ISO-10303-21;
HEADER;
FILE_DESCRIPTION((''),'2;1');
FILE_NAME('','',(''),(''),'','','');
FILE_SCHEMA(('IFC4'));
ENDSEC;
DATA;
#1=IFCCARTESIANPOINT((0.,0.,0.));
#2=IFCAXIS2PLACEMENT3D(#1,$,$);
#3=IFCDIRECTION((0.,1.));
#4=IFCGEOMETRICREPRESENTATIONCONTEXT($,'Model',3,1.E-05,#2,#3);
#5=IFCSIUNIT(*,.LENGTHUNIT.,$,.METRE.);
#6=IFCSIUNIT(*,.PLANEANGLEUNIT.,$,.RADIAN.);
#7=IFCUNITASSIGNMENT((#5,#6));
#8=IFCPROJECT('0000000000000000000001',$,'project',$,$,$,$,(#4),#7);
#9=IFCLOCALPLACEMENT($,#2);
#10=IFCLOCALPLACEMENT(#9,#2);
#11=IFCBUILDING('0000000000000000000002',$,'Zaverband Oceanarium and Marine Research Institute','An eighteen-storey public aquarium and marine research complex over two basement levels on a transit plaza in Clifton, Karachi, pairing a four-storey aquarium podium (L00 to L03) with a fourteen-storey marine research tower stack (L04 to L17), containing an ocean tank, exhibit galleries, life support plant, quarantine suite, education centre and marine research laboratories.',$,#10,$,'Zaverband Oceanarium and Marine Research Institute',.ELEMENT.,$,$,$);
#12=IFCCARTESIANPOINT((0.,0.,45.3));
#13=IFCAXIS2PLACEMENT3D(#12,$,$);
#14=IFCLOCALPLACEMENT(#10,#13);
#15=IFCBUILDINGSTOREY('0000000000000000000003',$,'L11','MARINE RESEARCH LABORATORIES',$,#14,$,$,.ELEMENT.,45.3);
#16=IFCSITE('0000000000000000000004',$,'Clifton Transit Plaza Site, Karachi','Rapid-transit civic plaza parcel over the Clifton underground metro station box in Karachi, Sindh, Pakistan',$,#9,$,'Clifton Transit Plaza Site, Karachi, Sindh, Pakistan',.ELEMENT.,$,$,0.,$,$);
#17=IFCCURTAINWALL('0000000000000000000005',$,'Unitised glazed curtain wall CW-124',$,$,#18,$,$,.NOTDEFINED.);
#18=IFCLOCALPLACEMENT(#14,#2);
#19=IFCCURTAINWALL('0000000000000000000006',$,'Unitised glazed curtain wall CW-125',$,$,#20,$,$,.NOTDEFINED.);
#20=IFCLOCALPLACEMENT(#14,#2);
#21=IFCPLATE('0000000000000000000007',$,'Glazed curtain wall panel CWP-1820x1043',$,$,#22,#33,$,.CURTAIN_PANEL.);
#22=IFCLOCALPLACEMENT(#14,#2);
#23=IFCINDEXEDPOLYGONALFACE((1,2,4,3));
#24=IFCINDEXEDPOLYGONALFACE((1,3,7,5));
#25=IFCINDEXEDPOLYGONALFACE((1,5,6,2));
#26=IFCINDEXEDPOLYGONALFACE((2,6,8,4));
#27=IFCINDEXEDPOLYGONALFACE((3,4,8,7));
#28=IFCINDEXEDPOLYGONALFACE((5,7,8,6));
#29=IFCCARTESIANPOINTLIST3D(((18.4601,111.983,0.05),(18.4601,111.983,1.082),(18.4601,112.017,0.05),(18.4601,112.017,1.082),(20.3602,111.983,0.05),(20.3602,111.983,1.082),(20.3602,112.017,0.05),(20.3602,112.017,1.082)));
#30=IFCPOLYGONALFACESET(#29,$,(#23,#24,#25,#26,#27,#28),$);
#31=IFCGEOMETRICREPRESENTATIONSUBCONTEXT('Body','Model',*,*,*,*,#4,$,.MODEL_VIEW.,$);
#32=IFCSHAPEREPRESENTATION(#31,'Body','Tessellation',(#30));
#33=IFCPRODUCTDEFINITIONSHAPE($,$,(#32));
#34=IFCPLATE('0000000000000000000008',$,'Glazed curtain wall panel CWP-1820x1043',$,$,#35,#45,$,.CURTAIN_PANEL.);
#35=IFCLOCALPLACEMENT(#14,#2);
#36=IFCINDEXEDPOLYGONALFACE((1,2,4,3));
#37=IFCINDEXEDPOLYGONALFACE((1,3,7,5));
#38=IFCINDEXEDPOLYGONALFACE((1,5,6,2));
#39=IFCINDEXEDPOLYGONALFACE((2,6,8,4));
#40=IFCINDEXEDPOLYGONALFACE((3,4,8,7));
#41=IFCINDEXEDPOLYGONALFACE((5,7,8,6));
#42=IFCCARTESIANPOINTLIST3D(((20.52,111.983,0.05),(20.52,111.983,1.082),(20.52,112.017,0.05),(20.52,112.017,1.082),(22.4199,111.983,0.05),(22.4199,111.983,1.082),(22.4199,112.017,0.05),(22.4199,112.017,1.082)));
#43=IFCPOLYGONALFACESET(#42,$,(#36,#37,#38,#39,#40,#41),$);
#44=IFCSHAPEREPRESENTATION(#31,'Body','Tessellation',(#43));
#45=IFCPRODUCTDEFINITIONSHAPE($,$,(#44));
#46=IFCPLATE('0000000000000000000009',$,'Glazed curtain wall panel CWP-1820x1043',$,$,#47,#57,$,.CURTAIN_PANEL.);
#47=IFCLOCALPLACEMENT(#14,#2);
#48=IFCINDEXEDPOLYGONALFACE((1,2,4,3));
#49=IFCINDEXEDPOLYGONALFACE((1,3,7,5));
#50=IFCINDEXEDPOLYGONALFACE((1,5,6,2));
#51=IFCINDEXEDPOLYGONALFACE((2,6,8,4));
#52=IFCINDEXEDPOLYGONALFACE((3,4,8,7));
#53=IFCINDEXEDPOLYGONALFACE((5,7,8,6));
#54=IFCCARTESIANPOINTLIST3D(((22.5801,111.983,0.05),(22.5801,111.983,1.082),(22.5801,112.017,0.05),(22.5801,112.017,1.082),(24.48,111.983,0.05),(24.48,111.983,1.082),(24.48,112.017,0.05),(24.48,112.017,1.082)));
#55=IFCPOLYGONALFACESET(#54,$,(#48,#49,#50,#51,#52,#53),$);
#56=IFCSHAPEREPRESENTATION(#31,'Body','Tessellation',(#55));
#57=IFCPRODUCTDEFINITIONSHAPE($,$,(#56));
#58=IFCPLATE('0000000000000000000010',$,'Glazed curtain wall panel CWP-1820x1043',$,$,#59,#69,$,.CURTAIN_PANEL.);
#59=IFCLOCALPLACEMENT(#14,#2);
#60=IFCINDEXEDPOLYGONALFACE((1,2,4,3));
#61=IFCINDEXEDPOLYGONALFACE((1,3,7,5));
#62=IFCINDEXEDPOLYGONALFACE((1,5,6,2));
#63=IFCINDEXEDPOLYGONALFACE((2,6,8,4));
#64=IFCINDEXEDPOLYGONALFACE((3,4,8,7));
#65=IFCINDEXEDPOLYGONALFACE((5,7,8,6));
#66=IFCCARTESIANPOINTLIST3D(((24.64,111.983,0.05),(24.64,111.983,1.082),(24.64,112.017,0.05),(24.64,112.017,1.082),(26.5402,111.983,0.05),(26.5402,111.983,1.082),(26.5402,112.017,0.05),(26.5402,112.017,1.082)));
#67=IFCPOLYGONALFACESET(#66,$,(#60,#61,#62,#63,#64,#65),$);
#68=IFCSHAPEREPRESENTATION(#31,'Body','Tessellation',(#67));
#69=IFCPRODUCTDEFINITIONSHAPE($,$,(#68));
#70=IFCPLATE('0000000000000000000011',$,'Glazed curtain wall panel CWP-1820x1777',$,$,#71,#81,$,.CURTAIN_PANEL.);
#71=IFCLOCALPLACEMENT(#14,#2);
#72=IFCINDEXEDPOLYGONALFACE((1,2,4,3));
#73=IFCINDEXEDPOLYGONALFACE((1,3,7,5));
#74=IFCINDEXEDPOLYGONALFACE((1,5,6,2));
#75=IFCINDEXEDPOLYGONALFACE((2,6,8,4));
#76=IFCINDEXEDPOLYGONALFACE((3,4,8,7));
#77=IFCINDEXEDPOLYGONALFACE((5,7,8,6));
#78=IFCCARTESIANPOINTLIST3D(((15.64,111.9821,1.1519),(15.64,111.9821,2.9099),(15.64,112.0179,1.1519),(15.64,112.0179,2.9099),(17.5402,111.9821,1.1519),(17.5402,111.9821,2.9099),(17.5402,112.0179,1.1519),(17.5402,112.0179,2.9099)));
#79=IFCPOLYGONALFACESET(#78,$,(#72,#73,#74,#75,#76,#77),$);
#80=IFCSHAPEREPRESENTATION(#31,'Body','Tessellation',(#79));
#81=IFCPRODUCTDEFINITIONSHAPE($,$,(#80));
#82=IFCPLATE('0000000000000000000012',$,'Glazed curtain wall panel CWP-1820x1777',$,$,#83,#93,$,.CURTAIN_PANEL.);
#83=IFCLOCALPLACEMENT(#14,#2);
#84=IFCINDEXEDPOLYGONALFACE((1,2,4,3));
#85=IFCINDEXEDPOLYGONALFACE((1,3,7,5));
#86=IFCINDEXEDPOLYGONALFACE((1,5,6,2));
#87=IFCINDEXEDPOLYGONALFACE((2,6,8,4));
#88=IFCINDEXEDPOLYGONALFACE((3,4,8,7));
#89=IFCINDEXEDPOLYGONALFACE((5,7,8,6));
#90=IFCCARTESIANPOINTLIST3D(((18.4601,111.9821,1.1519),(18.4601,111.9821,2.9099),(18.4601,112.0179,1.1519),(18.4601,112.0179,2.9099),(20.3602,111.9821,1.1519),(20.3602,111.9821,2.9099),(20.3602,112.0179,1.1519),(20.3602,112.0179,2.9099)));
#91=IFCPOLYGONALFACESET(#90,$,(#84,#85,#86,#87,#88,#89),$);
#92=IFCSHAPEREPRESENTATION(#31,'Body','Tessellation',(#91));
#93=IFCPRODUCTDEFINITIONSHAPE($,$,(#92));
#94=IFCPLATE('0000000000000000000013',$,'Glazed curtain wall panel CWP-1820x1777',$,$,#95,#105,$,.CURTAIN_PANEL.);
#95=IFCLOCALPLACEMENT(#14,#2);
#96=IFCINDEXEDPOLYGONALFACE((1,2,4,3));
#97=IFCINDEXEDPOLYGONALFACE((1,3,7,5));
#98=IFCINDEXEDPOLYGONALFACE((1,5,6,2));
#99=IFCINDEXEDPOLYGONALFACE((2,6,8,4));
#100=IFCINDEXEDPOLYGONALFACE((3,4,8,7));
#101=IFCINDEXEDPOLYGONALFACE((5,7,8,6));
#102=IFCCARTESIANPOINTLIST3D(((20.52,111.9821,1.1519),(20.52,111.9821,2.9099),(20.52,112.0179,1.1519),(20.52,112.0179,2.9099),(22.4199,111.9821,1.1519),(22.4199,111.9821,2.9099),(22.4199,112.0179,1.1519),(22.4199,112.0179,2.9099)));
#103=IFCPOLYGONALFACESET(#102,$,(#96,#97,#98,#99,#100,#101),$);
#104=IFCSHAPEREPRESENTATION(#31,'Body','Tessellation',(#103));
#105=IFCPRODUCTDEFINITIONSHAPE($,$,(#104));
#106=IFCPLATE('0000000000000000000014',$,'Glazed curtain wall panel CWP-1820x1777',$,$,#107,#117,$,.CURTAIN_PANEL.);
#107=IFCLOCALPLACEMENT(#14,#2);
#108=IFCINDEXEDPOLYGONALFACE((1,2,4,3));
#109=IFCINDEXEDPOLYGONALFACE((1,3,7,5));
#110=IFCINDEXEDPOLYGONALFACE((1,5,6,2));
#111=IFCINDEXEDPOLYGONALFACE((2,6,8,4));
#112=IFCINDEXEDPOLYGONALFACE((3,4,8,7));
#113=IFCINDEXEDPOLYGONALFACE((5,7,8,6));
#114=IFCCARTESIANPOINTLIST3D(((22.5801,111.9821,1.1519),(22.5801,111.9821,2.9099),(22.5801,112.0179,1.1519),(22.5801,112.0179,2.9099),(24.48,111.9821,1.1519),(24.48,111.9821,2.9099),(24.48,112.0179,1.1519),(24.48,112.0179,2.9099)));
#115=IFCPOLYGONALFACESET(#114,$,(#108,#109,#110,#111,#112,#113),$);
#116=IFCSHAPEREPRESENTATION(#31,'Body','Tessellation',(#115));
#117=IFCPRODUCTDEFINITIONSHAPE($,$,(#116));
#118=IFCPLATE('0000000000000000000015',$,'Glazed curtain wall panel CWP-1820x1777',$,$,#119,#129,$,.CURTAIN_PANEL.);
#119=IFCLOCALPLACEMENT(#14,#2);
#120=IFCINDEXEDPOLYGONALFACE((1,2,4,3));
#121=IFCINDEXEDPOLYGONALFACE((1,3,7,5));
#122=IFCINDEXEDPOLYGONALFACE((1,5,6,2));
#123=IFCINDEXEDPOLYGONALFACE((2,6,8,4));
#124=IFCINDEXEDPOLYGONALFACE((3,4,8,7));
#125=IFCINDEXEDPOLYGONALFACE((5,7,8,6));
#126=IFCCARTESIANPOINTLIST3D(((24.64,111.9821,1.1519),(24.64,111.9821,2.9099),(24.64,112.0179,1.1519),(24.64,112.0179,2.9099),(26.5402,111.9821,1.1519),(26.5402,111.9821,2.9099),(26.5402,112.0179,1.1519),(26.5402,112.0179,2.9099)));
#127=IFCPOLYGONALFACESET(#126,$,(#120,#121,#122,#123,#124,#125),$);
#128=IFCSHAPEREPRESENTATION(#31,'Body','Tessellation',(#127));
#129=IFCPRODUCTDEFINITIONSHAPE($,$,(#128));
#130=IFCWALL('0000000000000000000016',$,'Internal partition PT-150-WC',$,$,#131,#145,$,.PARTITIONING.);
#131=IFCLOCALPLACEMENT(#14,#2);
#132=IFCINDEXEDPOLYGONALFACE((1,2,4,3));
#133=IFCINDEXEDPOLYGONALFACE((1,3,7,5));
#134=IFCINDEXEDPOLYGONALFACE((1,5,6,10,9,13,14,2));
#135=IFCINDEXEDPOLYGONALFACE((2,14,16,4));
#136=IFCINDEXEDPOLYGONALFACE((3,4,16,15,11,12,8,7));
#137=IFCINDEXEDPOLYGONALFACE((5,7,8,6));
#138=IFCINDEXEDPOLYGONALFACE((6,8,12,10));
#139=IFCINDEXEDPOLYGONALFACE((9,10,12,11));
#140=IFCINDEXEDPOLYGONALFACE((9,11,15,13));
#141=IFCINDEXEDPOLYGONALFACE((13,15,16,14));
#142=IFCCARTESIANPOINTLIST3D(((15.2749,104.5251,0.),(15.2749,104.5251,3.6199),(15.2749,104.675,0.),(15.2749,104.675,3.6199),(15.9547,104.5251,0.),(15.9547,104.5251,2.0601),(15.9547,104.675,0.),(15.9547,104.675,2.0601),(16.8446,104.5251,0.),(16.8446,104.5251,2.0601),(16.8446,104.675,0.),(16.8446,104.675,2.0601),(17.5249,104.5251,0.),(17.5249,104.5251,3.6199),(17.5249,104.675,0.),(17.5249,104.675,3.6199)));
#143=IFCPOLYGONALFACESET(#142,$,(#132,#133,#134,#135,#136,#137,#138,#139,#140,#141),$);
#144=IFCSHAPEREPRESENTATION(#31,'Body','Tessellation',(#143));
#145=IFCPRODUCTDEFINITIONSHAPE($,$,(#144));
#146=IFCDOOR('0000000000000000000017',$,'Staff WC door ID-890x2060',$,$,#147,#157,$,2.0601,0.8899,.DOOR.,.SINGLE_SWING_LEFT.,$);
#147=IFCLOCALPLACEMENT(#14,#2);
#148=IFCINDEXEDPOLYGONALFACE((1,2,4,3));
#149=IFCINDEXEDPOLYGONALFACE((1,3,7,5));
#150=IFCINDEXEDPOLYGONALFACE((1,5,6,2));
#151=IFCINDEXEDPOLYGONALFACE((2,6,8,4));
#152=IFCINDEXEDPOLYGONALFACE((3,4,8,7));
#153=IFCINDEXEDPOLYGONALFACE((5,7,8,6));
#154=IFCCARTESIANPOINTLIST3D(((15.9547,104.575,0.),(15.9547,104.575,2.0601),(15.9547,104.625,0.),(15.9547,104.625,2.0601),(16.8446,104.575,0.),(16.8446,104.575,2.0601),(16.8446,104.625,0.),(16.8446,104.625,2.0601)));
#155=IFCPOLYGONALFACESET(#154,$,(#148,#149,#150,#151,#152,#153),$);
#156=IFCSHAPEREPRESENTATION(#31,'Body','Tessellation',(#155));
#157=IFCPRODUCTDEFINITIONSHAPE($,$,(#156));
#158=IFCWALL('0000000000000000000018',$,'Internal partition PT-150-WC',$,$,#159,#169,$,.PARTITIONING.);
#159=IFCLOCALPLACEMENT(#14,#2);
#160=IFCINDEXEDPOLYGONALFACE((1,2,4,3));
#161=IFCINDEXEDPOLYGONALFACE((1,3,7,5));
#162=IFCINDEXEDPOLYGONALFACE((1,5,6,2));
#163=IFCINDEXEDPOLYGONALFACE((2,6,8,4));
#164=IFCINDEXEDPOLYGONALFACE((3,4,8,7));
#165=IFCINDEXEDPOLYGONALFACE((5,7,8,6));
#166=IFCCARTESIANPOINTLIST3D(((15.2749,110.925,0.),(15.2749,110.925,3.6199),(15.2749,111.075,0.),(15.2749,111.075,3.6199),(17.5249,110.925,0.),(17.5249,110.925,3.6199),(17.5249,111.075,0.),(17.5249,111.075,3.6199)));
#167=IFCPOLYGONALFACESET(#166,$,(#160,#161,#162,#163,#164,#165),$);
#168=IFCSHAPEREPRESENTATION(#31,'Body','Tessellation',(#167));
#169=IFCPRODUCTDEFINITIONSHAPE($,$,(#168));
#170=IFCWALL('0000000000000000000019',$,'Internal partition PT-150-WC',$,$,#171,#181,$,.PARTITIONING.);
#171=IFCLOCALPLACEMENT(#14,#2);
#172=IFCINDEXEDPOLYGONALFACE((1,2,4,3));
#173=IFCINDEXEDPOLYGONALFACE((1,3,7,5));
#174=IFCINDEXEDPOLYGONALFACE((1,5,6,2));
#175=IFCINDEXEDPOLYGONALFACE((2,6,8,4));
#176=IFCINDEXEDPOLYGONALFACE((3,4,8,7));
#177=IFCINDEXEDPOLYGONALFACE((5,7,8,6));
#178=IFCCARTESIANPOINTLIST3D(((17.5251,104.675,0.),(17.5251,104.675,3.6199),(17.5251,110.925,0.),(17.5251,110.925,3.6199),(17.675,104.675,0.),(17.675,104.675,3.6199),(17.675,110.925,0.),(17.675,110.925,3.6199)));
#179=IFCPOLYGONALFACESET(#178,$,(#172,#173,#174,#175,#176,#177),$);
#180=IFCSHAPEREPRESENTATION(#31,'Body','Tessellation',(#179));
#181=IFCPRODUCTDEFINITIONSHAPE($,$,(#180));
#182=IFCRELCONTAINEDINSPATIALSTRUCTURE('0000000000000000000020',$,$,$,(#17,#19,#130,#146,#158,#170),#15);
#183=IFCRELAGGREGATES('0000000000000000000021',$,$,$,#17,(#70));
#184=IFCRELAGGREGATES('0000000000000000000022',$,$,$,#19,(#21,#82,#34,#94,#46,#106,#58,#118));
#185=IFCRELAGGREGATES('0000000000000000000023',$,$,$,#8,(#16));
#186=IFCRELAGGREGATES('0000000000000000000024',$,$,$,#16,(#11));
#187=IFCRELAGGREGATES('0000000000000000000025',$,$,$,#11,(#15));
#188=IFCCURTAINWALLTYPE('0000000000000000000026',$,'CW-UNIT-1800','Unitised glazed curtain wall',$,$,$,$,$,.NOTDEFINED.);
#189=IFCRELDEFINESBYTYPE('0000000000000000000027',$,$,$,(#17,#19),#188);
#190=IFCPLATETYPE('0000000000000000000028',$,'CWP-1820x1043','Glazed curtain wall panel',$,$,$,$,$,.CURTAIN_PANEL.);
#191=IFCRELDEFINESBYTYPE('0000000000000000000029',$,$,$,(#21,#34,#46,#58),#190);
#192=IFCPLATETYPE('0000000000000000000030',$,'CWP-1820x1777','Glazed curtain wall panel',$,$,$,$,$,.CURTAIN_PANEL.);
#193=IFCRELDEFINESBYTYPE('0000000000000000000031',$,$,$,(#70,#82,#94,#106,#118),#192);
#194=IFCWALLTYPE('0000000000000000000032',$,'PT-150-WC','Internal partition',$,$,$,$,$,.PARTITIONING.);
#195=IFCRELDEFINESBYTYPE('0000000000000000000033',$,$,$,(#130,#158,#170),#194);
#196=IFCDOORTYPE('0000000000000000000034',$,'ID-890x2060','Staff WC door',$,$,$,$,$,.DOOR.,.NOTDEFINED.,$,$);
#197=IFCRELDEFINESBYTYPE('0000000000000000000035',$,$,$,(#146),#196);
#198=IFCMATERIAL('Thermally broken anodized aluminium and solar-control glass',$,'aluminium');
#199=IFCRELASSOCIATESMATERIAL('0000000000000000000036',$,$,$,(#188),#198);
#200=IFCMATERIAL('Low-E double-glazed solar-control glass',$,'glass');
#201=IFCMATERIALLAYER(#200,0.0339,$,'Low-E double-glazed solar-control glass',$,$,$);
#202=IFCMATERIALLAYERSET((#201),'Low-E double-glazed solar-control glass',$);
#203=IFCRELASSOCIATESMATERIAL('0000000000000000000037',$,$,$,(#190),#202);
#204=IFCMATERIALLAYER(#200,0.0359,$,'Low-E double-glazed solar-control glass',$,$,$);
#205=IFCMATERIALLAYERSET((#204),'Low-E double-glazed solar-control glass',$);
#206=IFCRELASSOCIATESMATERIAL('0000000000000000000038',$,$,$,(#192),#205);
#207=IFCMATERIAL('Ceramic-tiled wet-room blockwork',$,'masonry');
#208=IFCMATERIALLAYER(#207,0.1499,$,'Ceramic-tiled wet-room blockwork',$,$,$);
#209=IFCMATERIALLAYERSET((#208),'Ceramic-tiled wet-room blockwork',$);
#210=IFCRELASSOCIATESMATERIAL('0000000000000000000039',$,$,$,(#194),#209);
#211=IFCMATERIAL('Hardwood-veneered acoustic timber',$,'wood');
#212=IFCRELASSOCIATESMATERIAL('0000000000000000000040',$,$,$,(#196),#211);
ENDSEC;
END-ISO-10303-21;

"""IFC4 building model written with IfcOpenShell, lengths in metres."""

from ifc_helpers import new_model, si_unit, direction, frame, frame_2d, origin, place, context, subcontext, project, spatial, rectangle, extrude, material, layer, layer_set, type_object, element, fill, aggregate, save


model = new_model("IFC4")

# Units and contexts
model_context = context("Model", 3, precision=1e-05, world=origin(), true_north=direction((0.0, 1.0)))
body_context = subcontext(model_context, "Body", "Model", "MODEL_VIEW")
ifc_project = project(units=[si_unit("LENGTHUNIT", "METRE"), si_unit("PLANEANGLEUNIT", "RADIAN")], contexts=[model_context])

# Site, building, storey
site_placement = place(None, origin())
site = spatial("IfcSite", under=ifc_project, at=site_placement, Name="Clifton Transit Plaza Site, Karachi", Description="Rapid-transit civic plaza parcel over the Clifton underground metro station box in Karachi, Sindh, Pakistan", LongName="Clifton Transit Plaza Site, Karachi, Sindh, Pakistan", CompositionType="ELEMENT", RefElevation=0.0)
building_placement = place(site_placement, origin())
building = spatial("IfcBuilding", under=site, at=building_placement, Name="Zaverband Oceanarium and Marine Research Institute", Description="An eighteen-storey public aquarium and marine research complex over two basement levels on a transit plaza in Clifton, Karachi, pairing a four-storey aquarium podium (L00 to L03) with a fourteen-storey marine research tower stack (L04 to L17), containing an ocean tank, exhibit galleries, life support plant, quarantine suite, education centre and marine research laboratories.", LongName="Zaverband Oceanarium and Marine Research Institute", CompositionType="ELEMENT")
storey_placement = place(building_placement, frame((0.0, 0.0, 45.3)))
storey = spatial("IfcBuildingStorey", under=building, at=storey_placement, Name="L11", Description="MARINE RESEARCH LABORATORIES", CompositionType="ELEMENT", Elevation=45.3)

# Curtain walls
ifc_material_1 = material(Name="Thermally broken anodized aluminium and solar-control glass", Category="aluminium")
curtain_wall_type = type_object("IfcCurtainWallType", Name="CW-UNIT-1800", Description="Unitised glazed curtain wall", PredefinedType="NOTDEFINED", material=ifc_material_1)
curtain_wall_1_placement = place(storey_placement, origin())
curtain_wall_1 = element("IfcCurtainWall", 1, at=curtain_wall_1_placement, inside=storey, type_object=curtain_wall_type, Name="Unitised glazed curtain wall CW-124", PredefinedType="NOTDEFINED")
curtain_wall_2_placement = place(storey_placement, origin())
curtain_wall_2 = element("IfcCurtainWall", 2, at=curtain_wall_2_placement, inside=storey, type_object=curtain_wall_type, Name="Unitised glazed curtain wall CW-125", PredefinedType="NOTDEFINED")

# Plates
ifc_material_2 = material(Name="Low-E double-glazed solar-control glass", Category="glass")
ifc_layer_1 = layer(ifc_material_2, 0.0339, Name="Low-E double-glazed solar-control glass")
ifc_layer_set_1 = layer_set([ifc_layer_1], Name="Low-E double-glazed solar-control glass")
plate_type_1 = type_object("IfcPlateType", Name="CWP-1820x1043", Description="Glazed curtain wall panel", PredefinedType="CURTAIN_PANEL", material=ifc_layer_set_1)
plate_1_placement = place(storey_placement, frame((18.46, 112.0, 0.05), z_axis=(0.0, 0.0, 1.0), x_axis=(1.0, 0.0, 0.0)))
plate_1 = element("IfcPlate", 3, at=plate_1_placement, type_object=plate_type_1, Name="Glazed curtain wall panel CWP-1820x1043", PredefinedType="CURTAIN_PANEL", context=body_context, shape_type="SweptSolid", body=[
    extrude(rectangle(XDim=1.9001, YDim=0.0339, at=frame_2d((0.9502, 0.0))), origin(), (0.0, 0.0, 1.0), 1.032),
])
plate_2_placement = place(storey_placement, frame((20.52, 112.0, 0.05), z_axis=(0.0, 0.0, 1.0), x_axis=(1.0, 0.0, 0.0)))
plate_2 = element("IfcPlate", 4, at=plate_2_placement, type_object=plate_type_1, Name="Glazed curtain wall panel CWP-1820x1043", PredefinedType="CURTAIN_PANEL", context=body_context, shape_type="SweptSolid", body=[
    extrude(rectangle(XDim=1.8999, YDim=0.0339, at=frame_2d((0.95, 0.0))), origin(), (0.0, 0.0, 1.0), 1.032),
])
plate_3_placement = place(storey_placement, frame((22.5801, 112.0, 0.05), z_axis=(0.0, 0.0, 1.0), x_axis=(1.0, 0.0, 0.0)))
plate_3 = element("IfcPlate", 5, at=plate_3_placement, type_object=plate_type_1, Name="Glazed curtain wall panel CWP-1820x1043", PredefinedType="CURTAIN_PANEL", context=body_context, shape_type="SweptSolid", body=[
    extrude(rectangle(XDim=1.8999, YDim=0.0339, at=frame_2d((0.95, 0.0))), origin(), (0.0, 0.0, 1.0), 1.032),
])
plate_4_placement = place(storey_placement, frame((24.6399, 112.0, 0.05), z_axis=(0.0, 0.0, 1.0), x_axis=(1.0, 0.0, 0.0)))
plate_4 = element("IfcPlate", 6, at=plate_4_placement, type_object=plate_type_1, Name="Glazed curtain wall panel CWP-1820x1043", PredefinedType="CURTAIN_PANEL", context=body_context, shape_type="SweptSolid", body=[
    extrude(rectangle(XDim=1.9001, YDim=0.0339, at=frame_2d((0.9502, 0.0))), origin(), (0.0, 0.0, 1.0), 1.032),
])
ifc_layer_2 = layer(ifc_material_2, 0.0359, Name="Low-E double-glazed solar-control glass")
ifc_layer_set_2 = layer_set([ifc_layer_2], Name="Low-E double-glazed solar-control glass")
plate_type_2 = type_object("IfcPlateType", Name="CWP-1820x1777", Description="Glazed curtain wall panel", PredefinedType="CURTAIN_PANEL", material=ifc_layer_set_2)
plate_5_placement = place(storey_placement, frame((15.6399, 112.0, 1.1519), z_axis=(0.0, 0.0, 1.0), x_axis=(1.0, 0.0, 0.0)))
plate_5 = element("IfcPlate", 7, at=plate_5_placement, type_object=plate_type_2, Name="Glazed curtain wall panel CWP-1820x1777", PredefinedType="CURTAIN_PANEL", context=body_context, shape_type="SweptSolid", body=[
    extrude(rectangle(XDim=1.9001, YDim=0.0359, at=frame_2d((0.9502, 0.0))), origin(), (0.0, 0.0, 1.0), 1.7581),
])
aggregate(curtain_wall_1, [plate_5])
plate_6_placement = place(storey_placement, frame((18.46, 112.0, 1.1519), z_axis=(0.0, 0.0, 1.0), x_axis=(1.0, 0.0, 0.0)))
plate_6 = element("IfcPlate", 8, at=plate_6_placement, type_object=plate_type_2, Name="Glazed curtain wall panel CWP-1820x1777", PredefinedType="CURTAIN_PANEL", context=body_context, shape_type="SweptSolid", body=[
    extrude(rectangle(XDim=1.9001, YDim=0.0359, at=frame_2d((0.9502, 0.0))), origin(), (0.0, 0.0, 1.0), 1.7581),
])
plate_7_placement = place(storey_placement, frame((20.52, 112.0, 1.1519), z_axis=(0.0, 0.0, 1.0), x_axis=(1.0, 0.0, 0.0)))
plate_7 = element("IfcPlate", 9, at=plate_7_placement, type_object=plate_type_2, Name="Glazed curtain wall panel CWP-1820x1777", PredefinedType="CURTAIN_PANEL", context=body_context, shape_type="SweptSolid", body=[
    extrude(rectangle(XDim=1.8999, YDim=0.0359, at=frame_2d((0.95, 0.0))), origin(), (0.0, 0.0, 1.0), 1.7581),
])
plate_8_placement = place(storey_placement, frame((22.5801, 112.0, 1.1519), z_axis=(0.0, 0.0, 1.0), x_axis=(1.0, 0.0, 0.0)))
plate_8 = element("IfcPlate", 10, at=plate_8_placement, type_object=plate_type_2, Name="Glazed curtain wall panel CWP-1820x1777", PredefinedType="CURTAIN_PANEL", context=body_context, shape_type="SweptSolid", body=[
    extrude(rectangle(XDim=1.8999, YDim=0.0359, at=frame_2d((0.95, 0.0))), origin(), (0.0, 0.0, 1.0), 1.7581),
])
plate_9_placement = place(storey_placement, frame((24.6399, 112.0, 1.1519), z_axis=(0.0, 0.0, 1.0), x_axis=(1.0, 0.0, 0.0)))
plate_9 = element("IfcPlate", 11, at=plate_9_placement, type_object=plate_type_2, Name="Glazed curtain wall panel CWP-1820x1777", PredefinedType="CURTAIN_PANEL", context=body_context, shape_type="SweptSolid", body=[
    extrude(rectangle(XDim=1.9001, YDim=0.0359, at=frame_2d((0.9502, 0.0))), origin(), (0.0, 0.0, 1.0), 1.7581),
])
aggregate(curtain_wall_2, [plate_1, plate_6, plate_2, plate_7, plate_3, plate_8, plate_4, plate_9])

# Wall, opening, door
ifc_material_3 = material(Name="Ceramic-tiled wet-room blockwork", Category="masonry")
ifc_layer_3 = layer(ifc_material_3, 0.1499, Name="Ceramic-tiled wet-room blockwork")
ifc_layer_set_3 = layer_set([ifc_layer_3], Name="Ceramic-tiled wet-room blockwork")
wall_type = type_object("IfcWallType", Name="PT-150-WC", Description="Internal partition", PredefinedType="PARTITIONING", material=ifc_layer_set_3)
wall_1_placement = place(storey_placement, frame((15.2749, 104.6001, 0.0), z_axis=(0.0, 0.0, 1.0), x_axis=(1.0, 0.0, 0.0)))
wall_1 = element("IfcWall", 12, at=wall_1_placement, inside=storey, type_object=wall_type, Name="Internal partition PT-150-WC", PredefinedType="PARTITIONING", context=body_context, shape_type="SweptSolid", body=[
    extrude(rectangle(XDim=2.25, YDim=0.1499, at=frame_2d((1.125, 0.0))), origin(), (0.0, 0.0, 1.0), 3.6199),
])
opening_placement = place(wall_1_placement, frame((0.6799, 0.0, 0.0)))
opening = element("IfcOpeningElement", 13, at=opening_placement, cuts=wall_1, PredefinedType="OPENING", context=body_context, shape_type="SweptSolid", body=[
    extrude(rectangle(XDim=0.8899, YDim=2.0601, at=frame_2d((0.4448, 1.03))), frame((0.0, 0.0869, 0.0), z_axis=(0.0, -1.0, 0.0), x_axis=(1.0, 0.0, 0.0)), (0.0, 0.0, 1.0), 0.1738),
])
ifc_material_4 = material(Name="Hardwood-veneered acoustic timber", Category="wood")
door_type = type_object("IfcDoorType", Name="ID-890x2060", Description="Staff WC door", OperationType="NOTDEFINED", PredefinedType="DOOR", material=ifc_material_4)
door_placement = place(opening_placement, origin())
door = element("IfcDoor", 14, at=door_placement, inside=storey, type_object=door_type, Name="Staff WC door ID-890x2060", OperationType="SINGLE_SWING_LEFT", OverallHeight=2.0601, OverallWidth=0.8899, PredefinedType="DOOR", context=body_context, shape_type="SweptSolid", body=[
    extrude(rectangle(XDim=0.8899, YDim=2.0601, at=frame_2d((0.4448, 1.03))), frame((0.0, 0.0249, 0.0), z_axis=(0.0, -1.0, 0.0), x_axis=(1.0, 0.0, 0.0)), (0.0, 0.0, 1.0), 0.05),
])
fill(opening, door)

# Walls
wall_2_placement = place(storey_placement, frame((15.2749, 111.0, 0.0), z_axis=(0.0, 0.0, 1.0), x_axis=(1.0, 0.0, 0.0)))
element("IfcWall", 15, at=wall_2_placement, inside=storey, type_object=wall_type, Name="Internal partition PT-150-WC", PredefinedType="PARTITIONING", context=body_context, shape_type="SweptSolid", body=[
    extrude(rectangle(XDim=2.25, YDim=0.1499, at=frame_2d((1.125, 0.0))), origin(), (0.0, 0.0, 1.0), 3.6199),
])
wall_3_placement = place(storey_placement, frame((17.6001, 104.675, 0.0), z_axis=(0.0, 0.0, 1.0), x_axis=(0.0, 1.0, 0.0)))
element("IfcWall", 16, at=wall_3_placement, inside=storey, type_object=wall_type, Name="Internal partition PT-150-WC", PredefinedType="PARTITIONING", context=body_context, shape_type="SweptSolid", body=[
    extrude(rectangle(XDim=6.25, YDim=0.1499, at=frame_2d((3.125, 0.0))), origin(), (0.0, 0.0, 1.0), 3.6199),
])

save(model, "model.ifc")
